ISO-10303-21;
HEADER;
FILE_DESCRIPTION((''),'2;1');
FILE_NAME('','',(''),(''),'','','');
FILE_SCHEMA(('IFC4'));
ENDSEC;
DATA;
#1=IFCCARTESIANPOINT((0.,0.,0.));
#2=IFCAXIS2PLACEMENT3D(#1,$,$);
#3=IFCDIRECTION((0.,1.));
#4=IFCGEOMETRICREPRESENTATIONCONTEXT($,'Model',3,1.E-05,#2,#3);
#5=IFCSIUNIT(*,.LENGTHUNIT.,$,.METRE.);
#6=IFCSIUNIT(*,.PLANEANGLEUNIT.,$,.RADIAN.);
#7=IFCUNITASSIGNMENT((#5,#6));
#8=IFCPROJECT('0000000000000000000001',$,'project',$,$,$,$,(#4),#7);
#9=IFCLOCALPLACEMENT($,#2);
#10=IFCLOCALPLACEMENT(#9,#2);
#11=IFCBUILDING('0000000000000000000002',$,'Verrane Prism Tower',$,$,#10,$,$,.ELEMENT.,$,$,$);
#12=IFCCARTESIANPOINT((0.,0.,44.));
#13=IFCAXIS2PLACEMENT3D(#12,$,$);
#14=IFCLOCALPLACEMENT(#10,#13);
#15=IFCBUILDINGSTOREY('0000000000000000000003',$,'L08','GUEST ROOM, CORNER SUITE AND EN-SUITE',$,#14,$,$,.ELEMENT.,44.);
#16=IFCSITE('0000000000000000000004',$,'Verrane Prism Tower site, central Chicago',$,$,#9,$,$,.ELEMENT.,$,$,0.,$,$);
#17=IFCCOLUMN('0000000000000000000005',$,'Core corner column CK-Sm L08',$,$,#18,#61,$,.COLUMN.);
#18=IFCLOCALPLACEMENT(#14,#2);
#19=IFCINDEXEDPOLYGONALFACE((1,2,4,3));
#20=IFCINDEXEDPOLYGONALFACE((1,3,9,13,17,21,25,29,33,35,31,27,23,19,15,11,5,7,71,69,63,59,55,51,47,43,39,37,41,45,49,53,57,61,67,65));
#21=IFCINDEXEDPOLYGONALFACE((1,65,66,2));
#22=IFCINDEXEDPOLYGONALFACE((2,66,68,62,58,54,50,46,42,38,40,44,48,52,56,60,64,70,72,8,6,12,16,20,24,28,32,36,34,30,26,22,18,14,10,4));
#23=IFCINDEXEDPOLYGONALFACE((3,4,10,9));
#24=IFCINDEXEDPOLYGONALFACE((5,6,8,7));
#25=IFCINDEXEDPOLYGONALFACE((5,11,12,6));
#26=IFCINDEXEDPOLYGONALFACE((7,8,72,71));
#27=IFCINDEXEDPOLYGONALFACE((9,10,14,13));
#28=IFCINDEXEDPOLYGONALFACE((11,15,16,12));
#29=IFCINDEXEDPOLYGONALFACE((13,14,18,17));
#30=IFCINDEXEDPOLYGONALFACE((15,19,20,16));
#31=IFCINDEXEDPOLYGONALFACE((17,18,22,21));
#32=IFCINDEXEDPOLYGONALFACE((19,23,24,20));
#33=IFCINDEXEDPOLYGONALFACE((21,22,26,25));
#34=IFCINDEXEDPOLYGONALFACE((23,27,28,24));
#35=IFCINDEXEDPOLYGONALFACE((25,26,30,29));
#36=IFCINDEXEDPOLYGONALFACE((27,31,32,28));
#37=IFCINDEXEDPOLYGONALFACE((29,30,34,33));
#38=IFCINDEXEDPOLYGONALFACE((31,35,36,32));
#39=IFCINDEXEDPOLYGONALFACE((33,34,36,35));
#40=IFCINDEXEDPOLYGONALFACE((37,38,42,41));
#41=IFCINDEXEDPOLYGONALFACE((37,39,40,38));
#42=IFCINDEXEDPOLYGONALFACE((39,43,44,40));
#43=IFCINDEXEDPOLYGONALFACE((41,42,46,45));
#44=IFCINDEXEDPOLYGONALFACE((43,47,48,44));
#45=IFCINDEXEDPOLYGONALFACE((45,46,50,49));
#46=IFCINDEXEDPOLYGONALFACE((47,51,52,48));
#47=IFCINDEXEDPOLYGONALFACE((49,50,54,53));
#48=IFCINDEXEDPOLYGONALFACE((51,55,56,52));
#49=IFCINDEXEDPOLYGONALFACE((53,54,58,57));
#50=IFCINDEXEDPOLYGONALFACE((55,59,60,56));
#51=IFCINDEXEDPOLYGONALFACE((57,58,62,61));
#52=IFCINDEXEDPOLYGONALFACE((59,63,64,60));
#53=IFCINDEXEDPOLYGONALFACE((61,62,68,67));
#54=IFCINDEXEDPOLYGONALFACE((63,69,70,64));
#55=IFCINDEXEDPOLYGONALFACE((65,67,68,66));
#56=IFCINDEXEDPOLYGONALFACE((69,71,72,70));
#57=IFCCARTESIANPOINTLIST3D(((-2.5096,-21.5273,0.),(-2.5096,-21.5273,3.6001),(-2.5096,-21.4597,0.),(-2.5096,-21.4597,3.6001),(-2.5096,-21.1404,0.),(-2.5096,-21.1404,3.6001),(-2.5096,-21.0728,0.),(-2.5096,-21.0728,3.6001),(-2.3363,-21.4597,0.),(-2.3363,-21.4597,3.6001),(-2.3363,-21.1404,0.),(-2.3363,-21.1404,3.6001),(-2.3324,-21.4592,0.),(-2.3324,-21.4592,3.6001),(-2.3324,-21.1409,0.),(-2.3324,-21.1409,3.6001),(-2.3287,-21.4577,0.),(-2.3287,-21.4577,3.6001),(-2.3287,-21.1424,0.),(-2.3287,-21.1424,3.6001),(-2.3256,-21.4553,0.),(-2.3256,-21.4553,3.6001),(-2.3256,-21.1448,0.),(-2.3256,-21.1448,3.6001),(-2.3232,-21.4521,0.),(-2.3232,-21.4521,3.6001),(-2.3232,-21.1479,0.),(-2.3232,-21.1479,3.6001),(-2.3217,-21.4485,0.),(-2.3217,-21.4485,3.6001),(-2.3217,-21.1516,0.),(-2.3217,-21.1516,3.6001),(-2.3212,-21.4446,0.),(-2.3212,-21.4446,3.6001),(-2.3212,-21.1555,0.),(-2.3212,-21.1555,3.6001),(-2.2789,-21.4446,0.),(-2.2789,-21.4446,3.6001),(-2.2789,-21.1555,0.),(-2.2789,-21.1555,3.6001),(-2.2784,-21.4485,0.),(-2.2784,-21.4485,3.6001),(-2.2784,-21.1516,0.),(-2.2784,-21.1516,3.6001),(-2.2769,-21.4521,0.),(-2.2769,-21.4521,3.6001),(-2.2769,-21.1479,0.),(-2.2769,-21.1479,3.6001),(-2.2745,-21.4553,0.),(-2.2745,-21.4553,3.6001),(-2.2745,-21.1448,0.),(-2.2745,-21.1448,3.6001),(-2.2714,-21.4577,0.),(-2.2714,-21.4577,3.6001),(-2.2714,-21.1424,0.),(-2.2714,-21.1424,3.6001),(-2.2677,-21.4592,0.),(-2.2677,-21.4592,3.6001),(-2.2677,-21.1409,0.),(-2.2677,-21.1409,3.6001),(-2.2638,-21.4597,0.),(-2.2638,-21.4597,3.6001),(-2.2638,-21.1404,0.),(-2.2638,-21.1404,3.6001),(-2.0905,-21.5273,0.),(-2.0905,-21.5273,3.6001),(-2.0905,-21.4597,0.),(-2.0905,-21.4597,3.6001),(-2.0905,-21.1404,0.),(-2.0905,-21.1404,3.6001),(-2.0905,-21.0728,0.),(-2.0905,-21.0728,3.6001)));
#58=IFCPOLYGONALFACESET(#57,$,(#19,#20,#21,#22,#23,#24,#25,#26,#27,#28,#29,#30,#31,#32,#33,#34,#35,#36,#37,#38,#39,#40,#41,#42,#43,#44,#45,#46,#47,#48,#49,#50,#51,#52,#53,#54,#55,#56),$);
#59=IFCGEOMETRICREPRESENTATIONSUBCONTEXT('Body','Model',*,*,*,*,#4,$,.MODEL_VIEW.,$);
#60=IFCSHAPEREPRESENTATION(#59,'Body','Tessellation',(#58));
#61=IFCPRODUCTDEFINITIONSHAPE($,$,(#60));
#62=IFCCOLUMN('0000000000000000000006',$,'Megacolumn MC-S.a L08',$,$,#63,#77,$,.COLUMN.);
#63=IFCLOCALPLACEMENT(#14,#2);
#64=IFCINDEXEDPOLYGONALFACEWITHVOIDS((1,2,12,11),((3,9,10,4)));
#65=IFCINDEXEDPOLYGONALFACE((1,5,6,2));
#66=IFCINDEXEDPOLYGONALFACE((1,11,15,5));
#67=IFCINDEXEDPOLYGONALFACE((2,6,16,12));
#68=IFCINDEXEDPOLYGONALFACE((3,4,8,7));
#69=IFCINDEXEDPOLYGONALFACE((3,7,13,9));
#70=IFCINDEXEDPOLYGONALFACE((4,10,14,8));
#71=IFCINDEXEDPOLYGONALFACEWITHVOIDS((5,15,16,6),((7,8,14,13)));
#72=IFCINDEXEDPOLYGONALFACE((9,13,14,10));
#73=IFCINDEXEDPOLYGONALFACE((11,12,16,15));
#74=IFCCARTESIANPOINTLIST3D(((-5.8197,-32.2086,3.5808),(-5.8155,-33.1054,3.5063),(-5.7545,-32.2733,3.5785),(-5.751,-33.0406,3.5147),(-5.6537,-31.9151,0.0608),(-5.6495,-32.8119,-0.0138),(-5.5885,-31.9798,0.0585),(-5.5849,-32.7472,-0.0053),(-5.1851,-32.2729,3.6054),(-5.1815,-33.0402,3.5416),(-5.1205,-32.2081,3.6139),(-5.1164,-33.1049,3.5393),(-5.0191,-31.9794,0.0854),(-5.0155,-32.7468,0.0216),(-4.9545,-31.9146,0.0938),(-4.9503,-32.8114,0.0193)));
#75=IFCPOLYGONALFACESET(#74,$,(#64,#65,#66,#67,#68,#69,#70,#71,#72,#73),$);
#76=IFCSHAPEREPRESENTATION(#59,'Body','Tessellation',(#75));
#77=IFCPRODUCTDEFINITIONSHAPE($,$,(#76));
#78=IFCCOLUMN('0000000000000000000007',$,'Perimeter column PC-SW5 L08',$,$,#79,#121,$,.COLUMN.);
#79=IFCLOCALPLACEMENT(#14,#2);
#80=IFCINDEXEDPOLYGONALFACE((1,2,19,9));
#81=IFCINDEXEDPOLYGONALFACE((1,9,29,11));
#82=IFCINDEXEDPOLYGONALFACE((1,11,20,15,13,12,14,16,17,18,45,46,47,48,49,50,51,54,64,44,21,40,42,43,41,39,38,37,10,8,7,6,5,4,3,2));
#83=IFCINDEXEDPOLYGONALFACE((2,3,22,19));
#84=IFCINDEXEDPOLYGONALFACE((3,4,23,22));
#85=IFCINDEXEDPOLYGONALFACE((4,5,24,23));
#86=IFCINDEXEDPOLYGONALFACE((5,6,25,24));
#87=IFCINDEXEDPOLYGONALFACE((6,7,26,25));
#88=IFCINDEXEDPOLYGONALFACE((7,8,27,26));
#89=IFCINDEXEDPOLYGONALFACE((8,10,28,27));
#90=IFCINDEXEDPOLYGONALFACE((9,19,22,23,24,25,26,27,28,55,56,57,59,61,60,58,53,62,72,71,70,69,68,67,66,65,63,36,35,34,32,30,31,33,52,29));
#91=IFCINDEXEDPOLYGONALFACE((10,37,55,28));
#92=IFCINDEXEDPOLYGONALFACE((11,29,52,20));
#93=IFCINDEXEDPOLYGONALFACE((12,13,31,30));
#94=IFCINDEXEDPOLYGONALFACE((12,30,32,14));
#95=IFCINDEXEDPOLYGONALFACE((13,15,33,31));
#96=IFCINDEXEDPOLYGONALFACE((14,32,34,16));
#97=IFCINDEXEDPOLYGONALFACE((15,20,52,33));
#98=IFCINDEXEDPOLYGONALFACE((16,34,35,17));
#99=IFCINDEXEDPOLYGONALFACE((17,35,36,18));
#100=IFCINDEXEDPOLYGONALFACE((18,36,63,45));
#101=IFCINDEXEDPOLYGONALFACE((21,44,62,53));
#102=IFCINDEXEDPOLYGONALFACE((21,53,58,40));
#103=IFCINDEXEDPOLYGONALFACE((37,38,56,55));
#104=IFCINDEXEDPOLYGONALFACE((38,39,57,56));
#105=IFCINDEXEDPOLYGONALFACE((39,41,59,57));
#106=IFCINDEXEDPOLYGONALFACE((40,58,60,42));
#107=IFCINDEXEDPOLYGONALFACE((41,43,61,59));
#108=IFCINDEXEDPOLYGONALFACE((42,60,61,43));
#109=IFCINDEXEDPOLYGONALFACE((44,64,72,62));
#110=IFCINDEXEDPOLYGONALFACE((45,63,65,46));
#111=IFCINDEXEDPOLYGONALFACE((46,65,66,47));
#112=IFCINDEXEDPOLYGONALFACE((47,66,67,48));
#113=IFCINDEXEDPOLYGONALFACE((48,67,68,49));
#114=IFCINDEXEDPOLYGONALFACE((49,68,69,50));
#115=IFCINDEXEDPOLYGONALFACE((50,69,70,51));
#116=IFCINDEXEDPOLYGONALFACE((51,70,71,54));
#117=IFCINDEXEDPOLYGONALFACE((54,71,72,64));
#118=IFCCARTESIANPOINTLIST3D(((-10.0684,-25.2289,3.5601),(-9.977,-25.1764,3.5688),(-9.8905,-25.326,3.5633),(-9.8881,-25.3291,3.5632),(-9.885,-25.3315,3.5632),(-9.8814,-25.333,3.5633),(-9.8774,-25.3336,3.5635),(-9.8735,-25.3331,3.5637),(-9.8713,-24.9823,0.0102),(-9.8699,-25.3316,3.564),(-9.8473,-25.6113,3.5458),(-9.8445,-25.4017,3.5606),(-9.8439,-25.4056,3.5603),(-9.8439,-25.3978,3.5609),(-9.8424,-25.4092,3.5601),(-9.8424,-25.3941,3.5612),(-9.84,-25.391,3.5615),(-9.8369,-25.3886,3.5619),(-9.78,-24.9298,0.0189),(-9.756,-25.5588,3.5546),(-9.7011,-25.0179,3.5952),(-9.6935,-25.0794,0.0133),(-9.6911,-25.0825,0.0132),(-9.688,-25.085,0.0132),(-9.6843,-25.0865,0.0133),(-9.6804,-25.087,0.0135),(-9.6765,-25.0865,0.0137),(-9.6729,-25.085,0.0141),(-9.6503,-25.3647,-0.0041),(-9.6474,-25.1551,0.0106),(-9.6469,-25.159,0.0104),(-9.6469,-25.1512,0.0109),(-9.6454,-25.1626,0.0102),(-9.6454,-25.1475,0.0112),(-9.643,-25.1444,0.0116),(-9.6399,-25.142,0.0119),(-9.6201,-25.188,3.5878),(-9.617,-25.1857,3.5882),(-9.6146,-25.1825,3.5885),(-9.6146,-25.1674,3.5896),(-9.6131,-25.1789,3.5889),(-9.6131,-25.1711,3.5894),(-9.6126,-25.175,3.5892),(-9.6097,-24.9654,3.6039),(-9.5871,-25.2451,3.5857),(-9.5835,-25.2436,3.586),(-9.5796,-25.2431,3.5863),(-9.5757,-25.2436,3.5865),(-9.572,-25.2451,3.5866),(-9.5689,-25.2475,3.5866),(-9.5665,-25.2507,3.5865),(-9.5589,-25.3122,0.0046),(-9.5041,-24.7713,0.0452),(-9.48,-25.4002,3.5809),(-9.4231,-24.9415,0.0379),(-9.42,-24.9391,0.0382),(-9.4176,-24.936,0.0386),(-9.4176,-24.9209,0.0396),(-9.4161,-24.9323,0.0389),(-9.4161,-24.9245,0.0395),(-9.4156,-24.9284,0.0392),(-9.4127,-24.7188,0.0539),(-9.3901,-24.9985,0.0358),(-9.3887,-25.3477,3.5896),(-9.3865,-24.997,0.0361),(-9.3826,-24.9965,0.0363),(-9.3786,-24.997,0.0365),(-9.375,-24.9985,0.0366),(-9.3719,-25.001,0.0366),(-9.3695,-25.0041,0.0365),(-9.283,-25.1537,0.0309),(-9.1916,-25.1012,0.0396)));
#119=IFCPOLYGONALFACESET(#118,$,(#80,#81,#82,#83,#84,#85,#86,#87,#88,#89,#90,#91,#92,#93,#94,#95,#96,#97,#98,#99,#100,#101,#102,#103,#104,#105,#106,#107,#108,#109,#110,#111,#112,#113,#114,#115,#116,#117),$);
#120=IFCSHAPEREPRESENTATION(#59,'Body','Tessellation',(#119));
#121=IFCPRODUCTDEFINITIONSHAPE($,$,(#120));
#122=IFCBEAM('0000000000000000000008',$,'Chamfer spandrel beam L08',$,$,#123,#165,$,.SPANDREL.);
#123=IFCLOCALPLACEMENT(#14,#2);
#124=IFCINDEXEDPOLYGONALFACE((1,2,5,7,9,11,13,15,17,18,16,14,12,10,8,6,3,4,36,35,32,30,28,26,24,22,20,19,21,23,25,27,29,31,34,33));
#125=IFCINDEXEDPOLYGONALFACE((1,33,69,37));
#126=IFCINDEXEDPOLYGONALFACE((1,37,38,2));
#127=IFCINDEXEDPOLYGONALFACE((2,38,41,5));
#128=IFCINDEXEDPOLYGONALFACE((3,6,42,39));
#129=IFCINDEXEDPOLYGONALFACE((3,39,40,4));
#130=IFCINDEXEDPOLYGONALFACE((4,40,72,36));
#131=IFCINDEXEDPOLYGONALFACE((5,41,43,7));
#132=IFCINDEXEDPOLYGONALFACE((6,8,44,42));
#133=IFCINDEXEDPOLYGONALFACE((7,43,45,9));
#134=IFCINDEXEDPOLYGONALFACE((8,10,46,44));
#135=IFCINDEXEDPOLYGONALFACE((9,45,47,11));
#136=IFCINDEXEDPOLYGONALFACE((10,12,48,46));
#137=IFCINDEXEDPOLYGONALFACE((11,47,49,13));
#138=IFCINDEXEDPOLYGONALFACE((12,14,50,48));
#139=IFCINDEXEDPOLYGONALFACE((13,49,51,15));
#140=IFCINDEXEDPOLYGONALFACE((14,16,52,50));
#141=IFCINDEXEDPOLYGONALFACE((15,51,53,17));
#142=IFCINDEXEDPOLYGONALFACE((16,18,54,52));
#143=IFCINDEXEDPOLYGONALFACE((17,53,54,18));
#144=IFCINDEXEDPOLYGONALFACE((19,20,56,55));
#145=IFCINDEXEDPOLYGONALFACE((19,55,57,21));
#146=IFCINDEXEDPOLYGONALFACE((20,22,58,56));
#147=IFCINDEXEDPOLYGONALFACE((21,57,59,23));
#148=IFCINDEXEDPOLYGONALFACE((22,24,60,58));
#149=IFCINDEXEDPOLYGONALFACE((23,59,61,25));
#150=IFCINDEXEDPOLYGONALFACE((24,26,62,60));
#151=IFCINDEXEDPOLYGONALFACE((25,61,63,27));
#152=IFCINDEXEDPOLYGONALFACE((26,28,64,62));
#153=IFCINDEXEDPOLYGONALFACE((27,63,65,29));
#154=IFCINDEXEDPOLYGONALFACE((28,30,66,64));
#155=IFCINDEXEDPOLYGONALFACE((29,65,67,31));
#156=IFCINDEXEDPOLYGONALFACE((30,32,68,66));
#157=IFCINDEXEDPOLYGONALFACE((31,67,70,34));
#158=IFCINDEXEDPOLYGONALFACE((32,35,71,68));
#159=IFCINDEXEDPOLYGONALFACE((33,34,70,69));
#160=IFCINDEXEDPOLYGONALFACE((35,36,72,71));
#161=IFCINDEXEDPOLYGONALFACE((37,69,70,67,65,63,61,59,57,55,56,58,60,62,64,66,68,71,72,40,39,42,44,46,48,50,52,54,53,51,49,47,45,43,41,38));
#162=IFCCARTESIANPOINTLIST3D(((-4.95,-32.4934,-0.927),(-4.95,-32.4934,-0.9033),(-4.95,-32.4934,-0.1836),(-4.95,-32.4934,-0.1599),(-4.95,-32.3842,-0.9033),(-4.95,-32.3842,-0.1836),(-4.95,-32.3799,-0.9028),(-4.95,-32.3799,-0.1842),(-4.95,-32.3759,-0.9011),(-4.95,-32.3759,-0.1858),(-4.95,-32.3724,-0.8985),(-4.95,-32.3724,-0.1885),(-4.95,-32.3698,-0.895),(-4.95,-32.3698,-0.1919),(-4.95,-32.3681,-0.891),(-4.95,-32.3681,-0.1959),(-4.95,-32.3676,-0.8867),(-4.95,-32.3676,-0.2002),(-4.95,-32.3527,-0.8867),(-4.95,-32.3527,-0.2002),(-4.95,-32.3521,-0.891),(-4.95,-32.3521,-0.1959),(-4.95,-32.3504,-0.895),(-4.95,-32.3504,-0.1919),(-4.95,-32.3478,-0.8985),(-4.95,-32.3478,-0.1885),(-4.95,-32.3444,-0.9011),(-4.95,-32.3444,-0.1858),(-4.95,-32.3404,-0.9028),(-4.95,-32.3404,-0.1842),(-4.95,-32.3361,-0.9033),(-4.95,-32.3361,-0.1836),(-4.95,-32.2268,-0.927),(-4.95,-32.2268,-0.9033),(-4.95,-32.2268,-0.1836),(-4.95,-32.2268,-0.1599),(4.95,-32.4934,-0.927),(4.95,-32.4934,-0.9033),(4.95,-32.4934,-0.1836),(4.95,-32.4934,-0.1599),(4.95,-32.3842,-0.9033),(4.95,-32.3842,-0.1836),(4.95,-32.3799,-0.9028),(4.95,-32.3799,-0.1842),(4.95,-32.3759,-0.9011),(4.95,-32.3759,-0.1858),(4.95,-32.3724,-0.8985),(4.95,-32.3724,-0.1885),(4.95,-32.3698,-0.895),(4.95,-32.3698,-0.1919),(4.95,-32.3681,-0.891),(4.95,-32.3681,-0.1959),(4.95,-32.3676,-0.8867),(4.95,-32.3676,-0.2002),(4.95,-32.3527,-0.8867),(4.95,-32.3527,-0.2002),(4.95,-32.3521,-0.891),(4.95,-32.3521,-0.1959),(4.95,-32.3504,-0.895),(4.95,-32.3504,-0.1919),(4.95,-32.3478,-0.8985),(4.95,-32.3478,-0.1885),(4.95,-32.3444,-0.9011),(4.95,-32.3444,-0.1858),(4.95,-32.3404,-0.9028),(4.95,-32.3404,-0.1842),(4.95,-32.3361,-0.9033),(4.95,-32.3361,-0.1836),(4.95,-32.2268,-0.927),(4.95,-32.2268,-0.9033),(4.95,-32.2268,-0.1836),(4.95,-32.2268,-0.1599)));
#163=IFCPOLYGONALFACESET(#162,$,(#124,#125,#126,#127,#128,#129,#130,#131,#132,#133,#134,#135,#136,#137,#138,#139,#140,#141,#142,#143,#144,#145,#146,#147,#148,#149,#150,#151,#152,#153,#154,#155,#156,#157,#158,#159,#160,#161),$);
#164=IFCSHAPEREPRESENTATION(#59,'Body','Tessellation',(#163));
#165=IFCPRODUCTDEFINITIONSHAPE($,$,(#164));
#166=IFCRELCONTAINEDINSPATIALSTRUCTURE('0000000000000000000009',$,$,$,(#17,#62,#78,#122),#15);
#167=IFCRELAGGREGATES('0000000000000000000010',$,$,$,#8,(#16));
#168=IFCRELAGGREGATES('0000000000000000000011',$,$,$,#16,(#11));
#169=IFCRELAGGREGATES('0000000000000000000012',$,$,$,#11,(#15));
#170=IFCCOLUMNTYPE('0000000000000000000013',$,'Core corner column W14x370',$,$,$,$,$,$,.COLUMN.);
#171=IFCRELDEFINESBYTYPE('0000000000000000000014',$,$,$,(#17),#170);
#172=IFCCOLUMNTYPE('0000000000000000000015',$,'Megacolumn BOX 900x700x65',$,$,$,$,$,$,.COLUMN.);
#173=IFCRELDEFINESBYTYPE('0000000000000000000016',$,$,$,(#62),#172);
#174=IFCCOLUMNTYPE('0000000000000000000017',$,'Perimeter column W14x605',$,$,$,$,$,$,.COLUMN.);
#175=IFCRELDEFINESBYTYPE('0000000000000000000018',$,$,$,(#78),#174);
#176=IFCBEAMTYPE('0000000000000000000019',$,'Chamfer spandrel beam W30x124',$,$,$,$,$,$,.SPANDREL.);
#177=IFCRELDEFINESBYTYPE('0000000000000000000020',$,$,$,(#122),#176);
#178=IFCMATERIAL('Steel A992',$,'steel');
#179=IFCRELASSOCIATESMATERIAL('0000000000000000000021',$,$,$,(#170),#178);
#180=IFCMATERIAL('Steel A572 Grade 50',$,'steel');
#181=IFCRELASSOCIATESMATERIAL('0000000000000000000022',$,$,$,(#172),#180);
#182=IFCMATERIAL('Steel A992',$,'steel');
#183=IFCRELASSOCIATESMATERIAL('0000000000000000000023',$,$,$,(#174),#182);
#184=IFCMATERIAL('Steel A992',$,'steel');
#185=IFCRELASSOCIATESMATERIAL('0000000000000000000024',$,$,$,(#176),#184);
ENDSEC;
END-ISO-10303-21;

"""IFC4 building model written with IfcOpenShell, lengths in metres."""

from ifc_helpers import new_model, si_unit, direction, frame, origin, origin_2d, place, context, subcontext, project, spatial, hollow_rectangle, i_section, extrude, material, material_profile, profile_set, type_object, element, save


model = new_model("IFC4")

# Units and contexts
model_context = context("Model", 3, precision=1e-05, world=origin(), true_north=direction((0.0, 1.0)))
body_context = subcontext(model_context, "Body", "Model", "MODEL_VIEW")
ifc_project = project(units=[si_unit("LENGTHUNIT", "METRE"), si_unit("PLANEANGLEUNIT", "RADIAN")], contexts=[model_context])

# Site, building, storey
site_placement = place(None, origin())
site = spatial("IfcSite", under=ifc_project, at=site_placement, Name="Verrane Prism Tower site, central Chicago", CompositionType="ELEMENT", RefElevation=0.0)
building_placement = place(site_placement, origin())
building = spatial("IfcBuilding", under=site, at=building_placement, Name="Verrane Prism Tower", CompositionType="ELEMENT")
storey_placement = place(building_placement, frame((0.0, 0.0, 44.0)))
storey = spatial("IfcBuildingStorey", under=building, at=storey_placement, Name="L08", Description="GUEST ROOM, CORNER SUITE AND EN-SUITE", CompositionType="ELEMENT", Elevation=44.0)

# Columns
ifc_material_1 = material(Name="Steel A992", Category="steel")
ifc_material_profile_1 = material_profile(ifc_material_1, i_section(OverallWidth=0.4192, OverallDepth=0.4546, WebThickness=0.0422, FlangeThickness=0.0676, FilletRadius=0.0151, at=origin_2d()), Name="W14x370")
ifc_profile_set_1 = profile_set([ifc_material_profile_1], Name="Steel A992")
column_type_1 = type_object("IfcColumnType", Name="Core corner column W14x370", PredefinedType="COLUMN", material=ifc_profile_set_1)
column_1_placement = place(storey_placement, frame((-2.3, -21.3, 0.0), z_axis=(0.0, 0.0, 1.0), x_axis=(-1.0, 0.0, 0.0)))
element("IfcColumn", 1, at=column_1_placement, inside=storey, type_object=column_type_1, Name="Core corner column CK-Sm L08", PredefinedType="COLUMN", context=body_context, shape_type="SweptSolid", body=[
    extrude(i_section(OverallWidth=0.4192, OverallDepth=0.4546, WebThickness=0.0422, FlangeThickness=0.0676, FilletRadius=0.0151, at=origin_2d()), origin(), (0.0, 0.0, 1.0), 3.6001),
])
ifc_material_2 = material(Name="Steel A572 Grade 50", Category="steel")
ifc_material_profile_2 = material_profile(ifc_material_2, hollow_rectangle(XDim=0.7, YDim=0.8999, WallThickness=0.0649, at=origin_2d()), Name="BOX 900x700x65")
ifc_profile_set_2 = profile_set([ifc_material_profile_2], Name="Steel A572 Grade 50")
column_type_2 = type_object("IfcColumnType", Name="Megacolumn BOX 900x700x65", PredefinedType="COLUMN", material=ifc_profile_set_2)
column_2_placement = place(storey_placement, frame((-5.302, -32.3633, 0.04), z_axis=(-0.046948, -0.082988, 0.995444), x_axis=(-0.998887, -0.000713, -0.04717)))
element("IfcColumn", 2, at=column_2_placement, inside=storey, type_object=column_type_2, Name="Megacolumn MC-S.a L08", PredefinedType="COLUMN", context=body_context, shape_type="SweptSolid", body=[
    extrude(hollow_rectangle(XDim=0.7, YDim=0.8999, WallThickness=0.0649, at=origin_2d()), origin(), (0.0, 0.0, 1.0), 3.5361),
])
ifc_material_3 = material(Name="Steel A992", Category="steel")
ifc_material_profile_3 = material_profile(ifc_material_3, i_section(OverallWidth=0.4419, OverallDepth=0.5308, WebThickness=0.0659, FlangeThickness=0.1057, FilletRadius=0.0151, at=origin_2d()), Name="W14x605")
ifc_profile_set_3 = profile_set([ifc_material_profile_3], Name="Steel A992")
column_type_3 = type_object("IfcColumnType", Name="Perimeter column W14x605", PredefinedType="COLUMN", material=ifc_profile_set_3)
column_3_placement = place(storey_placement, frame((-9.5315, -25.0417, 0.0249), z_axis=(-0.05528, -0.069186, 0.996071), x_axis=(-0.500261, 0.865271, 0.032337)))
element("IfcColumn", 3, at=column_3_placement, inside=storey, type_object=column_type_3, Name="Perimeter column PC-SW5 L08", PredefinedType="COLUMN", context=body_context, shape_type="SweptSolid", body=[
    extrude(i_section(OverallWidth=0.4419, OverallDepth=0.5308, WebThickness=0.0659, FlangeThickness=0.1057, FilletRadius=0.0151, at=origin_2d()), origin(), (0.0, 0.0, 1.0), 3.564),
])

# Beam
ifc_material_4 = material(Name="Steel A992", Category="steel")
ifc_material_profile_4 = material_profile(ifc_material_4, i_section(OverallWidth=0.2666, OverallDepth=0.7671, WebThickness=0.0149, FlangeThickness=0.0237, FilletRadius=0.0166, at=origin_2d()), Name="W30x124")
ifc_profile_set_4 = profile_set([ifc_material_profile_4], Name="Steel A992")
beam_type_1 = type_object("IfcBeamType", Name="Chamfer spandrel beam W30x124", PredefinedType="SPANDREL", material=ifc_profile_set_4)
beam_1_placement = place(storey_placement, frame((-4.95, -32.3601, -0.5435), z_axis=(1.0, 0.0, 0.0), x_axis=(0.0, 1.0, 0.0)))
element("IfcBeam", 4, at=beam_1_placement, inside=storey, type_object=beam_type_1, Name="Chamfer spandrel beam L08", PredefinedType="SPANDREL", context=body_context, shape_type="SweptSolid", body=[
    extrude(i_section(OverallWidth=0.2666, OverallDepth=0.7671, WebThickness=0.0149, FlangeThickness=0.0237, FilletRadius=0.0166, at=origin_2d()), origin(), (0.0, 0.0, 1.0), 9.8999),
])

save(model, "model.ifc")
